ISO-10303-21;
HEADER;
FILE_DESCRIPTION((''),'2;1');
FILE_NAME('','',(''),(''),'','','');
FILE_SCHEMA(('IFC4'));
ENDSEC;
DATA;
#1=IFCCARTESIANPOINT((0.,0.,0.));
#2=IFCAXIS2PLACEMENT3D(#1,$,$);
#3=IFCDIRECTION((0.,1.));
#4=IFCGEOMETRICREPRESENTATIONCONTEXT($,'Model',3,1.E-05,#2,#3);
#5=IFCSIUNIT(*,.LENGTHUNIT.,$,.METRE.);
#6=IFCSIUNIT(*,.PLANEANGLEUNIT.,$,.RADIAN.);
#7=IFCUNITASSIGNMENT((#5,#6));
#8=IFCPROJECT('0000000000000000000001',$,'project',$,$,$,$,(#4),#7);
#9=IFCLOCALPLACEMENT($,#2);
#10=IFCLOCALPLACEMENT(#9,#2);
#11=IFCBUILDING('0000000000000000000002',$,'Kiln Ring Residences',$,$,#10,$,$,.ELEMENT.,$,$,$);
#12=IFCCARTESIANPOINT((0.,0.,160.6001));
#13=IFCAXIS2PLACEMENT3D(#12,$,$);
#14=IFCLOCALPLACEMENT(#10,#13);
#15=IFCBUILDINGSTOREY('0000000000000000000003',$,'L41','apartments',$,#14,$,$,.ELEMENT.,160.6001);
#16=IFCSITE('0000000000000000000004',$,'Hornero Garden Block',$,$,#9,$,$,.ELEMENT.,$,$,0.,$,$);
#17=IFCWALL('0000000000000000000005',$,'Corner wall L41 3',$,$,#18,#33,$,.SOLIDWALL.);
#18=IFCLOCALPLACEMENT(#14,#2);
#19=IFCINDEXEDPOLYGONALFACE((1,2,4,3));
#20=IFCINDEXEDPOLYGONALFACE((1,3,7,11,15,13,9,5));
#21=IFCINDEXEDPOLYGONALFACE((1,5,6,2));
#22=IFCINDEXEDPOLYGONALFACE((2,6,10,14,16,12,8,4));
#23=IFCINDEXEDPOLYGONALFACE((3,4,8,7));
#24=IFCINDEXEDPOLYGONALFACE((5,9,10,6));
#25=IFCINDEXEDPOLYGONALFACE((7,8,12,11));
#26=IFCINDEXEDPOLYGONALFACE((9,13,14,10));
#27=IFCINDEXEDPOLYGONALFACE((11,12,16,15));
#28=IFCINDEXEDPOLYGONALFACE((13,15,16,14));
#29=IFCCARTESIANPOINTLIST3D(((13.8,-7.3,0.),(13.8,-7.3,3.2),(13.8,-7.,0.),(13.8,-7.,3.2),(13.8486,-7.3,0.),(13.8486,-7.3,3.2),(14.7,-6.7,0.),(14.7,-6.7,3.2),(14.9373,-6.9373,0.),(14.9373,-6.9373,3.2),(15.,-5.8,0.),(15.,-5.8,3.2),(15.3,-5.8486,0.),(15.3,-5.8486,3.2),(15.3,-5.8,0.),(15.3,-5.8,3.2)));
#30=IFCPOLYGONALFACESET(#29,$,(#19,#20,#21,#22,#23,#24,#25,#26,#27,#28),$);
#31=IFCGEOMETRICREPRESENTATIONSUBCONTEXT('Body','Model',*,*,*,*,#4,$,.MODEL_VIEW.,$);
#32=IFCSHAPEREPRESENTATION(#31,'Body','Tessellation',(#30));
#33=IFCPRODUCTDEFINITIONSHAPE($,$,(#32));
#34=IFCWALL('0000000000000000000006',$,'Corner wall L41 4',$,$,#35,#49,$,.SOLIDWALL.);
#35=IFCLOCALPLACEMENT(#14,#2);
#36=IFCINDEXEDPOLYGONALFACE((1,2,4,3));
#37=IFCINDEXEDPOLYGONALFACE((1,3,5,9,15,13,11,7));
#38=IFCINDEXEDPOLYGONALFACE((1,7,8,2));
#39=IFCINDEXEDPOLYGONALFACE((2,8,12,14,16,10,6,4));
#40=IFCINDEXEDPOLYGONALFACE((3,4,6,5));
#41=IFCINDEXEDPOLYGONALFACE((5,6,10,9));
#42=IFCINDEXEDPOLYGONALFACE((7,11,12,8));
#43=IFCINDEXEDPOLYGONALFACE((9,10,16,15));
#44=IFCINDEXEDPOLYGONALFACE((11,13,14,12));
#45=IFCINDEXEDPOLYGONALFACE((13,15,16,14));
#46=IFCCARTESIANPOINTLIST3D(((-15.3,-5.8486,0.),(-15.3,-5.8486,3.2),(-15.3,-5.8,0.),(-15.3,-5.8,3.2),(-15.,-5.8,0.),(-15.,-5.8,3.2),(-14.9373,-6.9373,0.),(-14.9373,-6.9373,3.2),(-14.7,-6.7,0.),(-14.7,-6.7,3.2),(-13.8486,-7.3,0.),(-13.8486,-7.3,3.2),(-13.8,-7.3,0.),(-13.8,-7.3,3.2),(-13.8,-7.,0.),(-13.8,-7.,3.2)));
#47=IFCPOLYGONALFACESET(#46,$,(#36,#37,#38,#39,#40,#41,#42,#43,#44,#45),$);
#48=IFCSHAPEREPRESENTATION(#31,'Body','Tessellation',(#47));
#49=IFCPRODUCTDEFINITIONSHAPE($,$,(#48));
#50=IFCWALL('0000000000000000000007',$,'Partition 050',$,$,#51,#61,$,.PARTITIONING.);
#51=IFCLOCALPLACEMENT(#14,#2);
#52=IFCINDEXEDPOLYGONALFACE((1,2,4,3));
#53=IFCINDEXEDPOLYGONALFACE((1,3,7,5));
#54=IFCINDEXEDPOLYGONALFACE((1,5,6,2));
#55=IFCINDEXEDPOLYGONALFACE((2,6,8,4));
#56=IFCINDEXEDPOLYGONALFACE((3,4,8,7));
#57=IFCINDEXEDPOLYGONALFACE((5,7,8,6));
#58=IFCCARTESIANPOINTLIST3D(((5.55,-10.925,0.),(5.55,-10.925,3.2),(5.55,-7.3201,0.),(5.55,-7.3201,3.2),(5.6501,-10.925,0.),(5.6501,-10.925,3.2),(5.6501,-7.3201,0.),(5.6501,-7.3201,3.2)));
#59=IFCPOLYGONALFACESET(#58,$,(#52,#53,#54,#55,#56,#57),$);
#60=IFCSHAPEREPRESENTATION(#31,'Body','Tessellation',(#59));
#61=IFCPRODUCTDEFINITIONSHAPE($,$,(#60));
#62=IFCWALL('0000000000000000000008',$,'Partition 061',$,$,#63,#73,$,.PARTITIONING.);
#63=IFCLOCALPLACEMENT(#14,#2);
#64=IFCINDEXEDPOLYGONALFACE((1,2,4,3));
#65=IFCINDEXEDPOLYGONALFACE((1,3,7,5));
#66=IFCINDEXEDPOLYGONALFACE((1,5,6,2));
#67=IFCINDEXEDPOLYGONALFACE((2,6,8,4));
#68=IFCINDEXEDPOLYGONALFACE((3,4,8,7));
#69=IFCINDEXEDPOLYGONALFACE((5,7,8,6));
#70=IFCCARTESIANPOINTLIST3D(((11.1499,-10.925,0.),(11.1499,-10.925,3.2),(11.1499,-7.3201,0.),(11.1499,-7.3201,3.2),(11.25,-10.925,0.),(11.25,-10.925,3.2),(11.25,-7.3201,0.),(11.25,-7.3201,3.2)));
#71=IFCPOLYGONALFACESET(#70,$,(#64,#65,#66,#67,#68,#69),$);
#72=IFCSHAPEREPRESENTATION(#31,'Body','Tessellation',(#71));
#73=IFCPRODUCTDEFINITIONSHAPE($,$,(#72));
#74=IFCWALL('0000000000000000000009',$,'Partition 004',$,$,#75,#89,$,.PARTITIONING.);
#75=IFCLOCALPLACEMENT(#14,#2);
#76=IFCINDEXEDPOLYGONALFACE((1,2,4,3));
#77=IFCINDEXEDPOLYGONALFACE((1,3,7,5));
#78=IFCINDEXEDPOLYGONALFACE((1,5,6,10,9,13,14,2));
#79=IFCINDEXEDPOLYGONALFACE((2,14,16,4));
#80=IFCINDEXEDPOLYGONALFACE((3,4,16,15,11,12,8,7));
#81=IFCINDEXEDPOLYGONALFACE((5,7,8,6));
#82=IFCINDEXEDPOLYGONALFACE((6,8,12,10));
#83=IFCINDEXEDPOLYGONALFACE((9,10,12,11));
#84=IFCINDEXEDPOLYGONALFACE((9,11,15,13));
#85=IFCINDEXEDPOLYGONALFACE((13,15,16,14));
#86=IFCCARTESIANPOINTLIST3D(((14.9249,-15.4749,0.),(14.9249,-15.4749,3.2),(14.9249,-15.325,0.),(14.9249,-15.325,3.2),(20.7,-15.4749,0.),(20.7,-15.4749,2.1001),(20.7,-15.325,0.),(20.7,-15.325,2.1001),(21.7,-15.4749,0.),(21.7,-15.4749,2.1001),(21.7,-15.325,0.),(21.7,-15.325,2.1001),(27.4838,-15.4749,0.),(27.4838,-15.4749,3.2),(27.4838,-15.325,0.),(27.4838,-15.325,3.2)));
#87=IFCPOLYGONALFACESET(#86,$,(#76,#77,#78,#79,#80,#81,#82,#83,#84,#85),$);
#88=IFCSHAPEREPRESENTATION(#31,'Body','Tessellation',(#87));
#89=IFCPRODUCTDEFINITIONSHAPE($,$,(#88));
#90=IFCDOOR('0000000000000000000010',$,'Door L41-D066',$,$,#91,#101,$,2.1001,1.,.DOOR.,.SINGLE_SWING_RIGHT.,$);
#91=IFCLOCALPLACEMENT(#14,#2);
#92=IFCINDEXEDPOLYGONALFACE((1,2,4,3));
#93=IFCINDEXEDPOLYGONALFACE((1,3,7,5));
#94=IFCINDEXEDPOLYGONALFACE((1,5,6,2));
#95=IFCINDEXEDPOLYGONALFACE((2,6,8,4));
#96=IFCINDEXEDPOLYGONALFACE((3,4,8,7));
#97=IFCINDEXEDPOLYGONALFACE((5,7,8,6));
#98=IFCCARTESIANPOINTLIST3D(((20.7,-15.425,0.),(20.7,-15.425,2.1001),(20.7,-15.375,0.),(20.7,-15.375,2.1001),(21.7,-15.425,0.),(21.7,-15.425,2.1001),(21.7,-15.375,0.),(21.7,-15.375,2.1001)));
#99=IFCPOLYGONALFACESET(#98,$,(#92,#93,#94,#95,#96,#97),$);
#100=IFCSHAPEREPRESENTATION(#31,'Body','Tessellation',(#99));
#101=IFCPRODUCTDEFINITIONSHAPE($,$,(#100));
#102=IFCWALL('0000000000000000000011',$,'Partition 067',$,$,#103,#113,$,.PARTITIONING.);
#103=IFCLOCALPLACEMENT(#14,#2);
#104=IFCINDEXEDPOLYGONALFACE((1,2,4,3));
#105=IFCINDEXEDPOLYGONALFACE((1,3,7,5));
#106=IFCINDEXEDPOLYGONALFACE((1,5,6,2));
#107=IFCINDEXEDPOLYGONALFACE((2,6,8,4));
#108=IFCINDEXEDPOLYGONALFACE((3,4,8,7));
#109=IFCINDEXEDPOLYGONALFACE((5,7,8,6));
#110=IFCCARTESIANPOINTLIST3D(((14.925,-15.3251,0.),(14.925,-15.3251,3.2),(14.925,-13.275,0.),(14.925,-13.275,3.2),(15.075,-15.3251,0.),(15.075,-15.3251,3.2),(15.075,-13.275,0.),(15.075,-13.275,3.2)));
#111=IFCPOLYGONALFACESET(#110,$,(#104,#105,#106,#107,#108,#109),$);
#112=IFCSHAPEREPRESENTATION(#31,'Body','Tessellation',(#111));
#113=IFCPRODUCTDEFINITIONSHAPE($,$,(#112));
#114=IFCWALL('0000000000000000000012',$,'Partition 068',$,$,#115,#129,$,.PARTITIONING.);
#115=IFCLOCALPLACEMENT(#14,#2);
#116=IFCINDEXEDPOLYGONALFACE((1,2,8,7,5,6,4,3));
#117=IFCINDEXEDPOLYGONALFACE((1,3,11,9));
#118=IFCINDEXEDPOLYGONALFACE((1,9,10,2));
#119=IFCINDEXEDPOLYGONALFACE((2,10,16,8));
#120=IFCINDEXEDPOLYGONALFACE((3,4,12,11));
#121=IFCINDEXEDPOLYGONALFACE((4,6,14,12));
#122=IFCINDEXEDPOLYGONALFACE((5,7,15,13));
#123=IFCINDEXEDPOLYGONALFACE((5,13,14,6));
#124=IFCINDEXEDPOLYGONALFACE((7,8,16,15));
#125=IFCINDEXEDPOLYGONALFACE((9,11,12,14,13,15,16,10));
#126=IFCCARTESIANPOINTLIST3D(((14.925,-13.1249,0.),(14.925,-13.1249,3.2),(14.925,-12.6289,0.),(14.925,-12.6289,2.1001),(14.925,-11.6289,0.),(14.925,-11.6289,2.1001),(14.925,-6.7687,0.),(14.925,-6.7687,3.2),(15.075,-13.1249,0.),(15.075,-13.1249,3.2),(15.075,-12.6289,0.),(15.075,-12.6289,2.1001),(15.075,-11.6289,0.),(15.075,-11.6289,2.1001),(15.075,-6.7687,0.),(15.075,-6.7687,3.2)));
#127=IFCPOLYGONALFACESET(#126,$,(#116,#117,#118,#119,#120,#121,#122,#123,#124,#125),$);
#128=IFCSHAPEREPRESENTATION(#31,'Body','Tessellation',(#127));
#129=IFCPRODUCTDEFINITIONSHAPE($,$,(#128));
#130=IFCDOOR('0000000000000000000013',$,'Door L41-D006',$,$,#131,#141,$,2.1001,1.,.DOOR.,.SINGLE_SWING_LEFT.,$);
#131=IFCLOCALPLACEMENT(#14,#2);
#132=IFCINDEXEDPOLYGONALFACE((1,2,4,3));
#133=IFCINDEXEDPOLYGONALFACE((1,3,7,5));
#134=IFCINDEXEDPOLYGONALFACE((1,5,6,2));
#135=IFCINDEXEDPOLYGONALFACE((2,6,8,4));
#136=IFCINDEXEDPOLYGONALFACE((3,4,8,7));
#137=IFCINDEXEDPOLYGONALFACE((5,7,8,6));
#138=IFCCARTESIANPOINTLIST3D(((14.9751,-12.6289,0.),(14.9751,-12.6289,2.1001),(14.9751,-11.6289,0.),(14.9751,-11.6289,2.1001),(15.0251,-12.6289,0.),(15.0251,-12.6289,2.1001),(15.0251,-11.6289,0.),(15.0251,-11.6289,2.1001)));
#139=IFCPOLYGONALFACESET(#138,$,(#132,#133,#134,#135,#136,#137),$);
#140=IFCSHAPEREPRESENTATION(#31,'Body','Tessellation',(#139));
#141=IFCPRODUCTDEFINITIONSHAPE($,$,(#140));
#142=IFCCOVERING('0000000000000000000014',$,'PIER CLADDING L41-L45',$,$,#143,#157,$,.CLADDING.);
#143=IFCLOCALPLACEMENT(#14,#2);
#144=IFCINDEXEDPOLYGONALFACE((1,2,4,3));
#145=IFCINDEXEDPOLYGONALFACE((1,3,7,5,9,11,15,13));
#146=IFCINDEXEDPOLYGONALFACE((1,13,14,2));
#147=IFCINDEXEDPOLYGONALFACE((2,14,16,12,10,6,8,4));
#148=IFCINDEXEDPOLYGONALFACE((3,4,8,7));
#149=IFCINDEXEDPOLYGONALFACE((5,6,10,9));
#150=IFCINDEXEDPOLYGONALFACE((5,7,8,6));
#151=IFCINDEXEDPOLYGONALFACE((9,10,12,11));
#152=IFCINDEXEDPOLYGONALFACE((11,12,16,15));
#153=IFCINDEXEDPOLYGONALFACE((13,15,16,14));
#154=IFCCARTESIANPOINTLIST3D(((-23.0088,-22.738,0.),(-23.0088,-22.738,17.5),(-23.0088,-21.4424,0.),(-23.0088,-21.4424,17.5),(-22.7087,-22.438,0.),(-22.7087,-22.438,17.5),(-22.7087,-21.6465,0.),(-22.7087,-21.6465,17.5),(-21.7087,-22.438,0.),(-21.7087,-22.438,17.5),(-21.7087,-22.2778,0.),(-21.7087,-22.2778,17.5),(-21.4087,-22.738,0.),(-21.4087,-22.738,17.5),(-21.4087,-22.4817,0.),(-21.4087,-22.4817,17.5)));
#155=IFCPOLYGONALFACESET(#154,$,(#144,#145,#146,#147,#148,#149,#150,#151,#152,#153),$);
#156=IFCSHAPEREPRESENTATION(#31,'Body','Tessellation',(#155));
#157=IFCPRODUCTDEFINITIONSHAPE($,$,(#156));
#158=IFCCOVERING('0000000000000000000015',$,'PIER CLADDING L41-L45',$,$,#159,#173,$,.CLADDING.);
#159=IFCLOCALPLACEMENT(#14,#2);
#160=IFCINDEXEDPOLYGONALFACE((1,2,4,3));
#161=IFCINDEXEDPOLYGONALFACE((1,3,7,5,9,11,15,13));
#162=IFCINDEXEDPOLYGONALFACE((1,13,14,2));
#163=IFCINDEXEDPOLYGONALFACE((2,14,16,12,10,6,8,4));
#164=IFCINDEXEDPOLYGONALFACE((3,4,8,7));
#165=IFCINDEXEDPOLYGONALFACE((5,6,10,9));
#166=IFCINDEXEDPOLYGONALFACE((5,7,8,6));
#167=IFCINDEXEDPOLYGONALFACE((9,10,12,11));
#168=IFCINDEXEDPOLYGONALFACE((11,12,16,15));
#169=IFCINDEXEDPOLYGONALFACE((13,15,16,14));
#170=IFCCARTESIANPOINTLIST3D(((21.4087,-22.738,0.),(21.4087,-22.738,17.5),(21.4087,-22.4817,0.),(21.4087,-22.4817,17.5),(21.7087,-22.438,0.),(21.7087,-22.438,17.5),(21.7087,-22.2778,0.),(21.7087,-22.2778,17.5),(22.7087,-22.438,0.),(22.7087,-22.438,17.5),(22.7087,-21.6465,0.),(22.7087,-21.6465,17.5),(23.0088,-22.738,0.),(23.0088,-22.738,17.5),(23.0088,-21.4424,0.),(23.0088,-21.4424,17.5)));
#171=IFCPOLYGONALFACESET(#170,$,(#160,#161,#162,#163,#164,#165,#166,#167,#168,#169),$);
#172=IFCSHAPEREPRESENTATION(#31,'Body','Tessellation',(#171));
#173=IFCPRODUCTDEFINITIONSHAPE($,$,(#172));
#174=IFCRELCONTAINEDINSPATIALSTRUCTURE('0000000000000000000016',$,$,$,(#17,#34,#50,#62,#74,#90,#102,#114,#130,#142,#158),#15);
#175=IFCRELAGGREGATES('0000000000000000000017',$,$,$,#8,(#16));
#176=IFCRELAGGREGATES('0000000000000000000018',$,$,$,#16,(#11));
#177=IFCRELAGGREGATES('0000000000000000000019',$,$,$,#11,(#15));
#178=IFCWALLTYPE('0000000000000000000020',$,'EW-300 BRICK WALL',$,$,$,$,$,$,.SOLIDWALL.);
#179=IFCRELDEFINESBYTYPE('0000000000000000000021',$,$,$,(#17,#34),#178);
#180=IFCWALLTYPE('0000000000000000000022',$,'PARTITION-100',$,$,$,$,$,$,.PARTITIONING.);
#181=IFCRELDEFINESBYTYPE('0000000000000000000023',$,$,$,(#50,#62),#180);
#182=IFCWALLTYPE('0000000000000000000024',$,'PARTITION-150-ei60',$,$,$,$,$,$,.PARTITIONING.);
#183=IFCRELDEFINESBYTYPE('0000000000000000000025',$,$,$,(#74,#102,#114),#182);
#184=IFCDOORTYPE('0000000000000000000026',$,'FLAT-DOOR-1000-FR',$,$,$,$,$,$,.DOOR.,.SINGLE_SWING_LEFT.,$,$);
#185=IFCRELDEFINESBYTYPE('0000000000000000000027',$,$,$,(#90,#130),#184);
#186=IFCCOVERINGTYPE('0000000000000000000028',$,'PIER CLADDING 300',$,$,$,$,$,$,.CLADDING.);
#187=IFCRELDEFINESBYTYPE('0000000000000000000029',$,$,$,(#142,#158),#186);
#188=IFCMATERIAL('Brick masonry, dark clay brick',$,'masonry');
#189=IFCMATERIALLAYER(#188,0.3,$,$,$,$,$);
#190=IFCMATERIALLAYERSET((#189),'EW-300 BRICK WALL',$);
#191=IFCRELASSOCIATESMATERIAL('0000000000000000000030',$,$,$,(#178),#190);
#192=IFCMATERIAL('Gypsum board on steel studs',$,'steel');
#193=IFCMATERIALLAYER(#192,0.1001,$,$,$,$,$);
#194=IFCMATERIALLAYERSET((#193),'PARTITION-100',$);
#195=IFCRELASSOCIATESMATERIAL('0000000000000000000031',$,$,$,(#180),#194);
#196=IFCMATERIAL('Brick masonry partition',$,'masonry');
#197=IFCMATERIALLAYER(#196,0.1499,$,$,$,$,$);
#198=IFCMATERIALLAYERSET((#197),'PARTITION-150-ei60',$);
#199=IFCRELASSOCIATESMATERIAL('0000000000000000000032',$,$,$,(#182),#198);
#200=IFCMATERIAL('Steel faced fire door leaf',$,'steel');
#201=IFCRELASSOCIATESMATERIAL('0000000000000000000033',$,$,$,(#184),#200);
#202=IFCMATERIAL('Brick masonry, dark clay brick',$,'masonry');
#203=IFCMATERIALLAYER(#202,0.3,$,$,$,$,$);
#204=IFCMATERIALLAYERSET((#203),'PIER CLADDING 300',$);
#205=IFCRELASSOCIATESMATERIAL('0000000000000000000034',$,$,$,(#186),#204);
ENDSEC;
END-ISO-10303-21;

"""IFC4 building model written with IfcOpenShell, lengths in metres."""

from ifc_helpers import new_model, si_unit, direction, frame, frame_2d, origin, place, context, subcontext, project, spatial, polyline, rectangle, outline, extrude, material, layer, layer_set, type_object, element, fill, save


model = new_model("IFC4")

# Units and contexts
model_context = context("Model", 3, precision=1e-05, world=origin(), true_north=direction((0.0, 1.0)))
body_context = subcontext(model_context, "Body", "Model", "MODEL_VIEW")
ifc_project = project(units=[si_unit("LENGTHUNIT", "METRE"), si_unit("PLANEANGLEUNIT", "RADIAN")], contexts=[model_context])

# Site, building, storey
site_placement = place(None, origin())
site = spatial("IfcSite", under=ifc_project, at=site_placement, Name="Hornero Garden Block", CompositionType="ELEMENT", RefElevation=0.0)
building_placement = place(site_placement, origin())
building = spatial("IfcBuilding", under=site, at=building_placement, Name="Kiln Ring Residences", CompositionType="ELEMENT")
storey_placement = place(building_placement, frame((0.0, 0.0, 160.6001)))
storey = spatial("IfcBuildingStorey", under=building, at=storey_placement, Name="L41", Description="apartments", CompositionType="ELEMENT", Elevation=160.6001)

# Shared definitions
ifc_material_1 = material(Name="Brick masonry, dark clay brick", Category="masonry")
ifc_layer_1 = layer(ifc_material_1, 0.3)
ifc_layer_set_1 = layer_set([ifc_layer_1], Name="EW-300 BRICK WALL")
wall_type_1 = type_object("IfcWallType", Name="EW-300 BRICK WALL", PredefinedType="SOLIDWALL", material=ifc_layer_set_1)

# Walls
placement = place(storey_placement, origin())
element("IfcWall", 1, at=placement, inside=storey, type_object=wall_type_1, Name="Corner wall L41 3", PredefinedType="SOLIDWALL", context=body_context, shape_type="SweptSolid", body=[
    extrude(outline(polyline([(14.9373, -6.9373), (15.3, -5.8486), (15.3, -5.8), (15.0, -5.8), (14.7, -6.7), (13.8, -7.0), (13.8, -7.3), (13.8486, -7.3), (14.9373, -6.9373)])), origin(), (0.0, 0.0, 1.0), 3.2),
])
element("IfcWall", 2, at=placement, inside=storey, type_object=wall_type_1, Name="Corner wall L41 4", PredefinedType="SOLIDWALL", context=body_context, shape_type="SweptSolid", body=[
    extrude(outline(polyline([(-14.9373, -6.9373), (-13.8486, -7.3), (-13.8, -7.3), (-13.8, -7.0), (-14.7, -6.7), (-15.0, -5.8), (-15.3, -5.8), (-15.3, -5.8486), (-14.9373, -6.9373)])), origin(), (0.0, 0.0, 1.0), 3.2),
])
ifc_material_2 = material(Name="Gypsum board on steel studs", Category="steel")
ifc_layer_2 = layer(ifc_material_2, 0.1001)
ifc_layer_set_2 = layer_set([ifc_layer_2], Name="PARTITION-100")
wall_type_2 = type_object("IfcWallType", Name="PARTITION-100", PredefinedType="PARTITIONING", material=ifc_layer_set_2)
for number, where, z_axis, x_axis, name in (
    (3, (5.6001, -10.925, 0.0), (0.0, 0.0, 1.0), (0.0, 1.0, 0.0), "Partition 050"),
    (4, (11.2, -10.925, 0.0), (0.0, 0.0, 1.0), (0.0, 1.0, 0.0), "Partition 061"),
):
    element("IfcWall", number, at=place(storey_placement, frame(where, z_axis=z_axis, x_axis=x_axis)), inside=storey, type_object=wall_type_2, Name=name, PredefinedType="PARTITIONING", context=body_context, shape_type="SweptSolid", body=[
        extrude(rectangle(XDim=3.605, YDim=0.1001, at=frame_2d((1.8025, 0.0))), origin(), (0.0, 0.0, 1.0), 3.2),
    ])

# Wall, opening, door
ifc_material_3 = material(Name="Brick masonry partition", Category="masonry")
ifc_layer_3 = layer(ifc_material_3, 0.1499)
ifc_layer_set_3 = layer_set([ifc_layer_3], Name="PARTITION-150-ei60")
wall_type_3 = type_object("IfcWallType", Name="PARTITION-150-ei60", PredefinedType="PARTITIONING", material=ifc_layer_set_3)
wall_1_placement = place(storey_placement, frame((14.925, -15.3999, 0.0), z_axis=(0.0, 0.0, 1.0), x_axis=(1.0, 0.0, 0.0)))
wall_1 = element("IfcWall", 5, at=wall_1_placement, inside=storey, type_object=wall_type_3, Name="Partition 004", PredefinedType="PARTITIONING", context=body_context, shape_type="SweptSolid", body=[
    extrude(rectangle(XDim=12.5588, YDim=0.1499, at=frame_2d((6.2793, 0.0))), origin(), (0.0, 0.0, 1.0), 3.2),
])
opening_1_placement = place(wall_1_placement, frame((5.7749, 0.0, 0.0)))
opening_1 = element("IfcOpeningElement", 6, at=opening_1_placement, cuts=wall_1, PredefinedType="OPENING", context=body_context, shape_type="SweptSolid", body=[
    extrude(rectangle(XDim=1.0, YDim=2.1001, at=frame_2d((0.5, 1.05))), frame((0.0, 0.085, 0.0), z_axis=(0.0, -1.0, 0.0), x_axis=(1.0, 0.0, 0.0)), (0.0, 0.0, 1.0), 0.1699),
])
ifc_material_4 = material(Name="Steel faced fire door leaf", Category="steel")
door_type = type_object("IfcDoorType", Name="FLAT-DOOR-1000-FR", OperationType="SINGLE_SWING_LEFT", PredefinedType="DOOR", material=ifc_material_4)
door_1_placement = place(opening_1_placement, origin())
door_1 = element("IfcDoor", 7, at=door_1_placement, inside=storey, type_object=door_type, Name="Door L41-D066", OperationType="SINGLE_SWING_RIGHT", OverallHeight=2.1001, OverallWidth=1.0, PredefinedType="DOOR", context=body_context, shape_type="SweptSolid", body=[
    extrude(rectangle(XDim=1.0, YDim=2.1001, at=frame_2d((0.5, 1.05))), frame((0.0, 0.0249, 0.0), z_axis=(0.0, -1.0, 0.0), x_axis=(1.0, 0.0, 0.0)), (0.0, 0.0, 1.0), 0.05),
])
fill(opening_1, door_1)

# Wall
wall_2_placement = place(storey_placement, frame((15.0, -15.325, 0.0), z_axis=(0.0, 0.0, 1.0), x_axis=(0.0, 1.0, 0.0)))
element("IfcWall", 8, at=wall_2_placement, inside=storey, type_object=wall_type_3, Name="Partition 067", PredefinedType="PARTITIONING", context=body_context, shape_type="SweptSolid", body=[
    extrude(rectangle(XDim=2.05, YDim=0.1499, at=frame_2d((1.0249, 0.0))), origin(), (0.0, 0.0, 1.0), 3.2),
])

# Wall, opening, door
wall_3_placement = place(storey_placement, frame((15.0, -13.125, 0.0), z_axis=(0.0, 0.0, 1.0), x_axis=(0.0, 1.0, 0.0)))
wall_3 = element("IfcWall", 9, at=wall_3_placement, inside=storey, type_object=wall_type_3, Name="Partition 068", PredefinedType="PARTITIONING", context=body_context, shape_type="SweptSolid", body=[
    extrude(rectangle(XDim=6.3562, YDim=0.1499, at=frame_2d((3.1782, 0.0))), origin(), (0.0, 0.0, 1.0), 3.2),
])
opening_2_placement = place(wall_3_placement, frame((0.4961, 0.0, 0.0)))
opening_2 = element("IfcOpeningElement", 10, at=opening_2_placement, cuts=wall_3, PredefinedType="OPENING", context=body_context, shape_type="SweptSolid", body=[
    extrude(rectangle(XDim=1.0, YDim=2.1001, at=frame_2d((0.5, 1.05))), frame((0.0, 0.085, 0.0), z_axis=(0.0, -1.0, 0.0), x_axis=(1.0, 0.0, 0.0)), (0.0, 0.0, 1.0), 0.1699),
])
door_2_placement = place(opening_2_placement, origin())
door_2 = element("IfcDoor", 11, at=door_2_placement, inside=storey, type_object=door_type, Name="Door L41-D006", OperationType="SINGLE_SWING_LEFT", OverallHeight=2.1001, OverallWidth=1.0, PredefinedType="DOOR", context=body_context, shape_type="SweptSolid", body=[
    extrude(rectangle(XDim=1.0, YDim=2.1001, at=frame_2d((0.5, 1.05))), frame((0.0, 0.0249, 0.0), z_axis=(0.0, -1.0, 0.0), x_axis=(1.0, 0.0, 0.0)), (0.0, 0.0, 1.0), 0.05),
])
fill(opening_2, door_2)

# Coverings
ifc_material_5 = material(Name="Brick masonry, dark clay brick", Category="masonry")
ifc_layer_4 = layer(ifc_material_5, 0.3)
ifc_layer_set_4 = layer_set([ifc_layer_4], Name="PIER CLADDING 300")
covering_type_1 = type_object("IfcCoveringType", Name="PIER CLADDING 300", PredefinedType="CLADDING", material=ifc_layer_set_4)
element("IfcCovering", 12, at=placement, inside=storey, type_object=covering_type_1, Name="PIER CLADDING L41-L45", PredefinedType="CLADDING", context=body_context, shape_type="SweptSolid", body=[
    extrude(outline(polyline([(-22.7087, -22.438), (-22.7087, -21.6465), (-23.0088, -21.4424), (-23.0088, -22.738), (-21.4087, -22.738), (-21.4087, -22.4817), (-21.7087, -22.2778), (-21.7087, -22.438), (-22.7087, -22.438)])), origin(), (0.0, 0.0, 1.0), 17.5),
])
element("IfcCovering", 13, at=placement, inside=storey, type_object=covering_type_1, Name="PIER CLADDING L41-L45", PredefinedType="CLADDING", context=body_context, shape_type="SweptSolid", body=[
    extrude(outline(polyline([(21.7087, -22.2778), (21.4087, -22.4817), (21.4087, -22.738), (23.0088, -22.738), (23.0088, -21.4424), (22.7087, -21.6465), (22.7087, -22.438), (21.7087, -22.438), (21.7087, -22.2778)])), origin(), (0.0, 0.0, 1.0), 17.5),
])

save(model, "model.ifc")
